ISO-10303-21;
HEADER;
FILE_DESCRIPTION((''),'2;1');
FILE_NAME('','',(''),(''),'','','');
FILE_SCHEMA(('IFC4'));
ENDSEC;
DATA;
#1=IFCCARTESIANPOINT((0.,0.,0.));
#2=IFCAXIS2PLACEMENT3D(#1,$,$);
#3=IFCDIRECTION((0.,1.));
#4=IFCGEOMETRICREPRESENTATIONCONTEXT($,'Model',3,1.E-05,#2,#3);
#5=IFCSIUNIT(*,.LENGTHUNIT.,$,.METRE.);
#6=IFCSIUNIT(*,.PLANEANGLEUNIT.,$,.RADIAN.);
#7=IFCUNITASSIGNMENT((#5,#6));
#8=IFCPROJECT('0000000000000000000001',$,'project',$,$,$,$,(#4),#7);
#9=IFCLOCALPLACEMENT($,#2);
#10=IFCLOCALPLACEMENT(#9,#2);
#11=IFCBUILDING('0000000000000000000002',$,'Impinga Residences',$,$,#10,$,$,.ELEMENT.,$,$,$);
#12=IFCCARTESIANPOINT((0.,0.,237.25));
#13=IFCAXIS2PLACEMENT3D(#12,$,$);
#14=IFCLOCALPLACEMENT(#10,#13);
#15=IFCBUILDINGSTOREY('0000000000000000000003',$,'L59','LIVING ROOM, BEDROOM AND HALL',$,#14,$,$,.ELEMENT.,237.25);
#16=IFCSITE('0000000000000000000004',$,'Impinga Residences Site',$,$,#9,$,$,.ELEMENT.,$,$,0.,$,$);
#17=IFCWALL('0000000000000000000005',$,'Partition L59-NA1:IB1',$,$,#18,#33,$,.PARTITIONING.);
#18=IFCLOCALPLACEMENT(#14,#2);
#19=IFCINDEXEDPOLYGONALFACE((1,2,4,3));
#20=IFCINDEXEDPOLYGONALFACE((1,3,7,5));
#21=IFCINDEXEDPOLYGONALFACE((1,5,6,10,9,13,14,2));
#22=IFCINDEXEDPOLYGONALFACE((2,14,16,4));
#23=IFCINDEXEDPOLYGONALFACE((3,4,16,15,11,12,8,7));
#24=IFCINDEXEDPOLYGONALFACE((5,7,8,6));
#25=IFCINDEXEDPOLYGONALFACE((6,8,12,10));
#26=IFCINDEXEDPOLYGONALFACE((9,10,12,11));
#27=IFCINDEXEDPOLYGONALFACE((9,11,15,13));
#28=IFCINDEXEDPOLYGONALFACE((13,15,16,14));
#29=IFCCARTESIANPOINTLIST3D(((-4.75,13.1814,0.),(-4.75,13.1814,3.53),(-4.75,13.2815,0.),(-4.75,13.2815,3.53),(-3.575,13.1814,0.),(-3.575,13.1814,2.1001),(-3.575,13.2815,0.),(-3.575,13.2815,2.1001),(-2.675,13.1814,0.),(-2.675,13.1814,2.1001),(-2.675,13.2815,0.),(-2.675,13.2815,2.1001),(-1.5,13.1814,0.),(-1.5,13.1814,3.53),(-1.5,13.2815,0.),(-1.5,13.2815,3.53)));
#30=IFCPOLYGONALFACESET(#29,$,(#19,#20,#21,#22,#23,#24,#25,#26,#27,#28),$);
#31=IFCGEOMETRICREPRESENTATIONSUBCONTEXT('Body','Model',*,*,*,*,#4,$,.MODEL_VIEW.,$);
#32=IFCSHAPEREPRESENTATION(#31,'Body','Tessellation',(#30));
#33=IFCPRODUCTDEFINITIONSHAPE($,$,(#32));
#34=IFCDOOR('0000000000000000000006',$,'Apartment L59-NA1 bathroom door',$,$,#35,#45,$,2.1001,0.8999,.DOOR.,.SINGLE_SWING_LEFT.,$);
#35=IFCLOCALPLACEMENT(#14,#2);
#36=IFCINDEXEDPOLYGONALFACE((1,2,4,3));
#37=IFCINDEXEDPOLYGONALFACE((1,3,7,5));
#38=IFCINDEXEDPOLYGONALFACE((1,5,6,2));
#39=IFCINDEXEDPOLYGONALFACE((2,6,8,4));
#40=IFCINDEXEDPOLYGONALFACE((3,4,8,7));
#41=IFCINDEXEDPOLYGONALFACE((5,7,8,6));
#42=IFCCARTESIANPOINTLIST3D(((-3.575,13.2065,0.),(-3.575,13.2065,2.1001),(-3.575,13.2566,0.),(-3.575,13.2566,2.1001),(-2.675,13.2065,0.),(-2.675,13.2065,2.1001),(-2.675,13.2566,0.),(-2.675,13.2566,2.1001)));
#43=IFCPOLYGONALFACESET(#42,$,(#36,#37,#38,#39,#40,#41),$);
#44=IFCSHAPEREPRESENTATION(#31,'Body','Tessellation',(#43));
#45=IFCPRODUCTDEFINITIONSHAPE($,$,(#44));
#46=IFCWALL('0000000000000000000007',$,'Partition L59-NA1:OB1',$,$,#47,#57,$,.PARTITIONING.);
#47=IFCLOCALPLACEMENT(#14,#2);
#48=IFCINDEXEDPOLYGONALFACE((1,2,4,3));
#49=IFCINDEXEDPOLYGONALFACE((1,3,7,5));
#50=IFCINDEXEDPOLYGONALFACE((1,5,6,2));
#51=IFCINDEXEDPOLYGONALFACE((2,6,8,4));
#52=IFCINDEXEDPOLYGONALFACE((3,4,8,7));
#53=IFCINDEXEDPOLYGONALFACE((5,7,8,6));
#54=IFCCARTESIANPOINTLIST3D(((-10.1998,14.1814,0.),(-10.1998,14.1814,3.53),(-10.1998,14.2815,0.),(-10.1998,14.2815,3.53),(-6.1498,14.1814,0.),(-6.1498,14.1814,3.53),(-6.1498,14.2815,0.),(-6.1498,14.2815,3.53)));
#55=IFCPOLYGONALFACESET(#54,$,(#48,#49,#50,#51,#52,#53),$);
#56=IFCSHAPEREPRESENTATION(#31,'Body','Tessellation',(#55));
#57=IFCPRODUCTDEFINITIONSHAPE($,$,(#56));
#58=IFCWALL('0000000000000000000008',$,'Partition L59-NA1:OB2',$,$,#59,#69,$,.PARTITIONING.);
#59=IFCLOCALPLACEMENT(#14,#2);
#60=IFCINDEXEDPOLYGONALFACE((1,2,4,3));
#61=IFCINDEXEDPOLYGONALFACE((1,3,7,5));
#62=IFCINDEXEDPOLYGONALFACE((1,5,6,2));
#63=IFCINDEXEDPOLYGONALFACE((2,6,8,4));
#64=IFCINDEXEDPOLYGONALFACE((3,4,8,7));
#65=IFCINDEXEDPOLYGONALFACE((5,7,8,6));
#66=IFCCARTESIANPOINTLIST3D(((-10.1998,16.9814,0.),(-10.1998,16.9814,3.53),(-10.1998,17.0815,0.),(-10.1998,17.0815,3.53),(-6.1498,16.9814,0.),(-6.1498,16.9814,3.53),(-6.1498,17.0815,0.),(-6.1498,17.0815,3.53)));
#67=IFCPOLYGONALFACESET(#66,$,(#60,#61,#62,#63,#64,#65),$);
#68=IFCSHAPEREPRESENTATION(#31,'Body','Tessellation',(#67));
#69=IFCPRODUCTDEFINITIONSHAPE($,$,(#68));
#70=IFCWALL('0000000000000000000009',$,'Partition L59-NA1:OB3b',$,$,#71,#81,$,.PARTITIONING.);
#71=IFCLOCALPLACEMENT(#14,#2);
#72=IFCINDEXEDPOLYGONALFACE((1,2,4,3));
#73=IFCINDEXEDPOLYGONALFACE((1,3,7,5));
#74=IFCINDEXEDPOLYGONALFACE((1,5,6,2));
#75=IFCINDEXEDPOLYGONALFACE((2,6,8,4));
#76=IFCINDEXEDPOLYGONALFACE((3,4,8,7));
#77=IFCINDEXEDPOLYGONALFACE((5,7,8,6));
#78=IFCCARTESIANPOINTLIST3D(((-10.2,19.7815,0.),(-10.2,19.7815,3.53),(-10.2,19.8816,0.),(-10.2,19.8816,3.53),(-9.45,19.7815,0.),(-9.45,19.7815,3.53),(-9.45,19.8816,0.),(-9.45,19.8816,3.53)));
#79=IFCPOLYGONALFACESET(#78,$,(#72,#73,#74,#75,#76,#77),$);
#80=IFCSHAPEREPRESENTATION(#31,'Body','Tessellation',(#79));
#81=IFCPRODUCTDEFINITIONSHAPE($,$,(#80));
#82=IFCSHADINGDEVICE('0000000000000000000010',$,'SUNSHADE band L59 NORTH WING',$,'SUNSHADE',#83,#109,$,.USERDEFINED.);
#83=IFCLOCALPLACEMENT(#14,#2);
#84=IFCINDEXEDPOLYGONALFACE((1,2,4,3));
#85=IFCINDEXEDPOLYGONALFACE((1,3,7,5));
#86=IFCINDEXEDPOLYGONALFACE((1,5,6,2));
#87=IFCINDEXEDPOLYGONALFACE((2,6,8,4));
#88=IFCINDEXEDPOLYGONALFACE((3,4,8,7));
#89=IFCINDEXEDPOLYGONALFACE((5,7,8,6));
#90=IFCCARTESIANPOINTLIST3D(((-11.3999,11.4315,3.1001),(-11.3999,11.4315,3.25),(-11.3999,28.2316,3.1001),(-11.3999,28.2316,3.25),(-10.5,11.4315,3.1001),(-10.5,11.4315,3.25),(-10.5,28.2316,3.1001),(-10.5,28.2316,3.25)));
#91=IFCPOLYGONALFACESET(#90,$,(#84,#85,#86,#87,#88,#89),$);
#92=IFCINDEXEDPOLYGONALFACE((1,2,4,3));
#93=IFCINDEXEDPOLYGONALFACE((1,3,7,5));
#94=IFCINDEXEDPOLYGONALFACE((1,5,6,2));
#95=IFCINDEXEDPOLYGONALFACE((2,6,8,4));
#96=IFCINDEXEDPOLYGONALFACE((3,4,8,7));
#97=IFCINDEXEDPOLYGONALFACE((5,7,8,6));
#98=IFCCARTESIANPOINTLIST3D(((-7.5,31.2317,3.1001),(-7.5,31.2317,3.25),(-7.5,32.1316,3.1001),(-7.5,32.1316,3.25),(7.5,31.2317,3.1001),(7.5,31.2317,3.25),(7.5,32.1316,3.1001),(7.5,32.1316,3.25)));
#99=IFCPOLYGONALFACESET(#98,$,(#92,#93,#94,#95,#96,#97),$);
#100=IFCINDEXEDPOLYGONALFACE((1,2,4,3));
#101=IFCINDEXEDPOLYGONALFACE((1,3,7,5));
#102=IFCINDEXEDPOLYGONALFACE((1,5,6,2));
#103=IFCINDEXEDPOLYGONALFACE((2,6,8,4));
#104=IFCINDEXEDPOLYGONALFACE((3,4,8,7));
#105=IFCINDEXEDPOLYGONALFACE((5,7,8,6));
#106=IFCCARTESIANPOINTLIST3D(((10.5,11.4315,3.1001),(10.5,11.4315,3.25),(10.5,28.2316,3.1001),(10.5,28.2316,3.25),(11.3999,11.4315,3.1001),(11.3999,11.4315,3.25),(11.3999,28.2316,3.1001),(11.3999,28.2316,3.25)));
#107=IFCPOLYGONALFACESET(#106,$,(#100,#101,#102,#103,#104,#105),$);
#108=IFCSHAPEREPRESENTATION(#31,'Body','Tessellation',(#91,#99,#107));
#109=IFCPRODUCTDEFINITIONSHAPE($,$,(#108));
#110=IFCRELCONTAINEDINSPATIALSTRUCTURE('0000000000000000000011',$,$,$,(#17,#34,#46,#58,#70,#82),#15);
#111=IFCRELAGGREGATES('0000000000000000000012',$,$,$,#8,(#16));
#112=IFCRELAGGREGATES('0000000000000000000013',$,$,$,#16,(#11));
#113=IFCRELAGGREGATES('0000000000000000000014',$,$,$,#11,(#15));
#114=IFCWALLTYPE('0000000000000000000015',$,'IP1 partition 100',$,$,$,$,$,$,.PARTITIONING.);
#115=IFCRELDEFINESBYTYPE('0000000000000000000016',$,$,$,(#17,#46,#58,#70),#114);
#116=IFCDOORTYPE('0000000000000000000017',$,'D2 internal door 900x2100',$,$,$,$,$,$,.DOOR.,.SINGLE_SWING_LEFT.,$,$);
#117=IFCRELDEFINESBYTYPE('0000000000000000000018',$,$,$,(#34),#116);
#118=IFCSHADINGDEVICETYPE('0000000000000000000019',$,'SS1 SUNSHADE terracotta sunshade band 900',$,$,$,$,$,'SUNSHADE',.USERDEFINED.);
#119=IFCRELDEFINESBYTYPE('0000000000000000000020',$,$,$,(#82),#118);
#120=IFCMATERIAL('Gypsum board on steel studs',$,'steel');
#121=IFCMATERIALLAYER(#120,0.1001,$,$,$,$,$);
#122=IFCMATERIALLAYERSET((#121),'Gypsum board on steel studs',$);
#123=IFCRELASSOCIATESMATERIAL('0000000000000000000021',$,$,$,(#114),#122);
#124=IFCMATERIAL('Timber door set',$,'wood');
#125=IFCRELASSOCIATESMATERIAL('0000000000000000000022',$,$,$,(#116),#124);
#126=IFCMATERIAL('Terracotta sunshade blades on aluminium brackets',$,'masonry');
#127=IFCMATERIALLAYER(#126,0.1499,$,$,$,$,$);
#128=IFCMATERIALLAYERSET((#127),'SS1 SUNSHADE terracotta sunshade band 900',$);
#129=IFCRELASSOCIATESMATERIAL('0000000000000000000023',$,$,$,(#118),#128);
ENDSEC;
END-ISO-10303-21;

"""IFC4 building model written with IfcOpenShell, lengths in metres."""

from ifc_helpers import new_model, si_unit, direction, frame, frame_2d, origin, origin_2d, place, context, subcontext, project, spatial, rectangle, extrude, material, layer, layer_set, type_object, element, fill, save


model = new_model("IFC4")

# Units and contexts
model_context = context("Model", 3, precision=1e-05, world=origin(), true_north=direction((0.0, 1.0)))
body_context = subcontext(model_context, "Body", "Model", "MODEL_VIEW")
ifc_project = project(units=[si_unit("LENGTHUNIT", "METRE"), si_unit("PLANEANGLEUNIT", "RADIAN")], contexts=[model_context])

# Site, building, storey
site_placement = place(None, origin())
site = spatial("IfcSite", under=ifc_project, at=site_placement, Name="Impinga Residences Site", CompositionType="ELEMENT", RefElevation=0.0)
building_placement = place(site_placement, origin())
building = spatial("IfcBuilding", under=site, at=building_placement, Name="Impinga Residences", CompositionType="ELEMENT")
storey_placement = place(building_placement, frame((0.0, 0.0, 237.25)))
storey = spatial("IfcBuildingStorey", under=building, at=storey_placement, Name="L59", Description="LIVING ROOM, BEDROOM AND HALL", CompositionType="ELEMENT", Elevation=237.25)

# Shared definitions
ifc_material_1 = material(Name="Gypsum board on steel studs", Category="steel")
ifc_layer_1 = layer(ifc_material_1, 0.1001)
ifc_layer_set_1 = layer_set([ifc_layer_1], Name="Gypsum board on steel studs")
wall_type_1 = type_object("IfcWallType", Name="IP1 partition 100", PredefinedType="PARTITIONING", material=ifc_layer_set_1)

# Shared definitions
ifc_material_2 = material(Name="Timber door set", Category="wood")
door_type = type_object("IfcDoorType", Name="D2 internal door 900x2100", OperationType="SINGLE_SWING_LEFT", PredefinedType="DOOR", material=ifc_material_2)

# Wall, opening, door
wall_1_placement = place(storey_placement, frame((-1.5, 13.2314, 0.0), z_axis=(0.0, 0.0, 1.0), x_axis=(-1.0, 0.0, 0.0)))
wall_1 = element("IfcWall", 1, at=wall_1_placement, inside=storey, type_object=wall_type_1, Name="Partition L59-NA1:IB1", PredefinedType="PARTITIONING", context=body_context, shape_type="SweptSolid", body=[
    extrude(rectangle(XDim=3.25, YDim=0.1001, at=frame_2d((1.625, 0.0))), origin(), (0.0, 0.0, 1.0), 3.53),
])
opening_1_placement = place(wall_1_placement, frame((1.175, 0.0, 0.0)))
opening_1 = element("IfcOpeningElement", 2, at=opening_1_placement, cuts=wall_1, PredefinedType="OPENING", context=body_context, shape_type="SweptSolid", body=[
    extrude(rectangle(XDim=0.8999, YDim=2.1001, at=frame_2d((0.45, 1.05))), frame((0.0, 0.0601, 0.0), z_axis=(0.0, -1.0, 0.0), x_axis=(1.0, 0.0, 0.0)), (0.0, 0.0, 1.0), 0.1201),
])
door_1_placement = place(opening_1_placement, origin())
door_1 = element("IfcDoor", 3, at=door_1_placement, inside=storey, type_object=door_type, Name="Apartment L59-NA1 bathroom door", OperationType="SINGLE_SWING_LEFT", OverallHeight=2.1001, OverallWidth=0.8999, PredefinedType="DOOR", context=body_context, shape_type="SweptSolid", body=[
    extrude(rectangle(XDim=0.8999, YDim=2.1001, at=frame_2d((0.45, 1.05))), frame((0.0, 0.0249, 0.0), z_axis=(0.0, -1.0, 0.0), x_axis=(1.0, 0.0, 0.0)), (0.0, 0.0, 1.0), 0.05),
])
fill(opening_1, door_1)

# Walls
for number, where, z_axis, x_axis, name in (
    (4, (-6.1499, 14.2314, 0.0), (0.0, 0.0, 1.0), (-1.0, 0.0, 0.0), "Partition L59-NA1:OB1"),
    (5, (-6.1499, 17.0315, 0.0), (0.0, 0.0, 1.0), (-1.0, 0.0, 0.0), "Partition L59-NA1:OB2"),
):
    element("IfcWall", number, at=place(storey_placement, frame(where, z_axis=z_axis, x_axis=x_axis)), inside=storey, type_object=wall_type_1, Name=name, PredefinedType="PARTITIONING", context=body_context, shape_type="SweptSolid", body=[
        extrude(rectangle(XDim=4.05, YDim=0.1001, at=frame_2d((2.0249, 0.0))), origin(), (0.0, 0.0, 1.0), 3.53),
    ])
wall_2_placement = place(storey_placement, frame((-9.45, 19.8315, 0.0), z_axis=(0.0, 0.0, 1.0), x_axis=(-1.0, 0.0, 0.0)))
element("IfcWall", 6, at=wall_2_placement, inside=storey, type_object=wall_type_1, Name="Partition L59-NA1:OB3b", PredefinedType="PARTITIONING", context=body_context, shape_type="SweptSolid", body=[
    extrude(rectangle(XDim=0.75, YDim=0.1001, at=frame_2d((0.375, 0.0))), origin(), (0.0, 0.0, 1.0), 3.53),
])

# Shading device
ifc_material_3 = material(Name="Terracotta sunshade blades on aluminium brackets", Category="masonry")
ifc_layer_2 = layer(ifc_material_3, 0.1499)
ifc_layer_set_2 = layer_set([ifc_layer_2], Name="SS1 SUNSHADE terracotta sunshade band 900")
shading_device_type = type_object("IfcShadingDeviceType", Name="SS1 SUNSHADE terracotta sunshade band 900", ElementType="SUNSHADE", PredefinedType="USERDEFINED", material=ifc_layer_set_2)
shading_device_placement = place(storey_placement, frame((-10.95, 19.8315, 3.1001), z_axis=(0.0, 0.0, 1.0), x_axis=(0.0, 1.0, 0.0)))
element("IfcShadingDevice", 7, at=shading_device_placement, inside=storey, type_object=shading_device_type, Name="SUNSHADE band L59 NORTH WING", ObjectType="SUNSHADE", PredefinedType="USERDEFINED", context=body_context, shape_type="SweptSolid", body=[
    extrude(rectangle(XDim=16.8, YDim=0.8999, at=origin_2d()), origin(), (0.0, 0.0, 1.0), 0.1499),
    extrude(rectangle(XDim=15.0, YDim=0.8999, at=origin_2d()), frame((11.8501, -10.95, 0.0), z_axis=(0.0, 0.0, 1.0), x_axis=(0.0, -1.0, 0.0)), (0.0, 0.0, 1.0), 0.1499),
    extrude(rectangle(XDim=16.8, YDim=0.8999, at=origin_2d()), frame((0.0, -21.8999, 0.0), z_axis=(0.0, 0.0, 1.0), x_axis=(-1.0, 0.0, 0.0)), (0.0, 0.0, 1.0), 0.1499),
])

save(model, "model.ifc")
